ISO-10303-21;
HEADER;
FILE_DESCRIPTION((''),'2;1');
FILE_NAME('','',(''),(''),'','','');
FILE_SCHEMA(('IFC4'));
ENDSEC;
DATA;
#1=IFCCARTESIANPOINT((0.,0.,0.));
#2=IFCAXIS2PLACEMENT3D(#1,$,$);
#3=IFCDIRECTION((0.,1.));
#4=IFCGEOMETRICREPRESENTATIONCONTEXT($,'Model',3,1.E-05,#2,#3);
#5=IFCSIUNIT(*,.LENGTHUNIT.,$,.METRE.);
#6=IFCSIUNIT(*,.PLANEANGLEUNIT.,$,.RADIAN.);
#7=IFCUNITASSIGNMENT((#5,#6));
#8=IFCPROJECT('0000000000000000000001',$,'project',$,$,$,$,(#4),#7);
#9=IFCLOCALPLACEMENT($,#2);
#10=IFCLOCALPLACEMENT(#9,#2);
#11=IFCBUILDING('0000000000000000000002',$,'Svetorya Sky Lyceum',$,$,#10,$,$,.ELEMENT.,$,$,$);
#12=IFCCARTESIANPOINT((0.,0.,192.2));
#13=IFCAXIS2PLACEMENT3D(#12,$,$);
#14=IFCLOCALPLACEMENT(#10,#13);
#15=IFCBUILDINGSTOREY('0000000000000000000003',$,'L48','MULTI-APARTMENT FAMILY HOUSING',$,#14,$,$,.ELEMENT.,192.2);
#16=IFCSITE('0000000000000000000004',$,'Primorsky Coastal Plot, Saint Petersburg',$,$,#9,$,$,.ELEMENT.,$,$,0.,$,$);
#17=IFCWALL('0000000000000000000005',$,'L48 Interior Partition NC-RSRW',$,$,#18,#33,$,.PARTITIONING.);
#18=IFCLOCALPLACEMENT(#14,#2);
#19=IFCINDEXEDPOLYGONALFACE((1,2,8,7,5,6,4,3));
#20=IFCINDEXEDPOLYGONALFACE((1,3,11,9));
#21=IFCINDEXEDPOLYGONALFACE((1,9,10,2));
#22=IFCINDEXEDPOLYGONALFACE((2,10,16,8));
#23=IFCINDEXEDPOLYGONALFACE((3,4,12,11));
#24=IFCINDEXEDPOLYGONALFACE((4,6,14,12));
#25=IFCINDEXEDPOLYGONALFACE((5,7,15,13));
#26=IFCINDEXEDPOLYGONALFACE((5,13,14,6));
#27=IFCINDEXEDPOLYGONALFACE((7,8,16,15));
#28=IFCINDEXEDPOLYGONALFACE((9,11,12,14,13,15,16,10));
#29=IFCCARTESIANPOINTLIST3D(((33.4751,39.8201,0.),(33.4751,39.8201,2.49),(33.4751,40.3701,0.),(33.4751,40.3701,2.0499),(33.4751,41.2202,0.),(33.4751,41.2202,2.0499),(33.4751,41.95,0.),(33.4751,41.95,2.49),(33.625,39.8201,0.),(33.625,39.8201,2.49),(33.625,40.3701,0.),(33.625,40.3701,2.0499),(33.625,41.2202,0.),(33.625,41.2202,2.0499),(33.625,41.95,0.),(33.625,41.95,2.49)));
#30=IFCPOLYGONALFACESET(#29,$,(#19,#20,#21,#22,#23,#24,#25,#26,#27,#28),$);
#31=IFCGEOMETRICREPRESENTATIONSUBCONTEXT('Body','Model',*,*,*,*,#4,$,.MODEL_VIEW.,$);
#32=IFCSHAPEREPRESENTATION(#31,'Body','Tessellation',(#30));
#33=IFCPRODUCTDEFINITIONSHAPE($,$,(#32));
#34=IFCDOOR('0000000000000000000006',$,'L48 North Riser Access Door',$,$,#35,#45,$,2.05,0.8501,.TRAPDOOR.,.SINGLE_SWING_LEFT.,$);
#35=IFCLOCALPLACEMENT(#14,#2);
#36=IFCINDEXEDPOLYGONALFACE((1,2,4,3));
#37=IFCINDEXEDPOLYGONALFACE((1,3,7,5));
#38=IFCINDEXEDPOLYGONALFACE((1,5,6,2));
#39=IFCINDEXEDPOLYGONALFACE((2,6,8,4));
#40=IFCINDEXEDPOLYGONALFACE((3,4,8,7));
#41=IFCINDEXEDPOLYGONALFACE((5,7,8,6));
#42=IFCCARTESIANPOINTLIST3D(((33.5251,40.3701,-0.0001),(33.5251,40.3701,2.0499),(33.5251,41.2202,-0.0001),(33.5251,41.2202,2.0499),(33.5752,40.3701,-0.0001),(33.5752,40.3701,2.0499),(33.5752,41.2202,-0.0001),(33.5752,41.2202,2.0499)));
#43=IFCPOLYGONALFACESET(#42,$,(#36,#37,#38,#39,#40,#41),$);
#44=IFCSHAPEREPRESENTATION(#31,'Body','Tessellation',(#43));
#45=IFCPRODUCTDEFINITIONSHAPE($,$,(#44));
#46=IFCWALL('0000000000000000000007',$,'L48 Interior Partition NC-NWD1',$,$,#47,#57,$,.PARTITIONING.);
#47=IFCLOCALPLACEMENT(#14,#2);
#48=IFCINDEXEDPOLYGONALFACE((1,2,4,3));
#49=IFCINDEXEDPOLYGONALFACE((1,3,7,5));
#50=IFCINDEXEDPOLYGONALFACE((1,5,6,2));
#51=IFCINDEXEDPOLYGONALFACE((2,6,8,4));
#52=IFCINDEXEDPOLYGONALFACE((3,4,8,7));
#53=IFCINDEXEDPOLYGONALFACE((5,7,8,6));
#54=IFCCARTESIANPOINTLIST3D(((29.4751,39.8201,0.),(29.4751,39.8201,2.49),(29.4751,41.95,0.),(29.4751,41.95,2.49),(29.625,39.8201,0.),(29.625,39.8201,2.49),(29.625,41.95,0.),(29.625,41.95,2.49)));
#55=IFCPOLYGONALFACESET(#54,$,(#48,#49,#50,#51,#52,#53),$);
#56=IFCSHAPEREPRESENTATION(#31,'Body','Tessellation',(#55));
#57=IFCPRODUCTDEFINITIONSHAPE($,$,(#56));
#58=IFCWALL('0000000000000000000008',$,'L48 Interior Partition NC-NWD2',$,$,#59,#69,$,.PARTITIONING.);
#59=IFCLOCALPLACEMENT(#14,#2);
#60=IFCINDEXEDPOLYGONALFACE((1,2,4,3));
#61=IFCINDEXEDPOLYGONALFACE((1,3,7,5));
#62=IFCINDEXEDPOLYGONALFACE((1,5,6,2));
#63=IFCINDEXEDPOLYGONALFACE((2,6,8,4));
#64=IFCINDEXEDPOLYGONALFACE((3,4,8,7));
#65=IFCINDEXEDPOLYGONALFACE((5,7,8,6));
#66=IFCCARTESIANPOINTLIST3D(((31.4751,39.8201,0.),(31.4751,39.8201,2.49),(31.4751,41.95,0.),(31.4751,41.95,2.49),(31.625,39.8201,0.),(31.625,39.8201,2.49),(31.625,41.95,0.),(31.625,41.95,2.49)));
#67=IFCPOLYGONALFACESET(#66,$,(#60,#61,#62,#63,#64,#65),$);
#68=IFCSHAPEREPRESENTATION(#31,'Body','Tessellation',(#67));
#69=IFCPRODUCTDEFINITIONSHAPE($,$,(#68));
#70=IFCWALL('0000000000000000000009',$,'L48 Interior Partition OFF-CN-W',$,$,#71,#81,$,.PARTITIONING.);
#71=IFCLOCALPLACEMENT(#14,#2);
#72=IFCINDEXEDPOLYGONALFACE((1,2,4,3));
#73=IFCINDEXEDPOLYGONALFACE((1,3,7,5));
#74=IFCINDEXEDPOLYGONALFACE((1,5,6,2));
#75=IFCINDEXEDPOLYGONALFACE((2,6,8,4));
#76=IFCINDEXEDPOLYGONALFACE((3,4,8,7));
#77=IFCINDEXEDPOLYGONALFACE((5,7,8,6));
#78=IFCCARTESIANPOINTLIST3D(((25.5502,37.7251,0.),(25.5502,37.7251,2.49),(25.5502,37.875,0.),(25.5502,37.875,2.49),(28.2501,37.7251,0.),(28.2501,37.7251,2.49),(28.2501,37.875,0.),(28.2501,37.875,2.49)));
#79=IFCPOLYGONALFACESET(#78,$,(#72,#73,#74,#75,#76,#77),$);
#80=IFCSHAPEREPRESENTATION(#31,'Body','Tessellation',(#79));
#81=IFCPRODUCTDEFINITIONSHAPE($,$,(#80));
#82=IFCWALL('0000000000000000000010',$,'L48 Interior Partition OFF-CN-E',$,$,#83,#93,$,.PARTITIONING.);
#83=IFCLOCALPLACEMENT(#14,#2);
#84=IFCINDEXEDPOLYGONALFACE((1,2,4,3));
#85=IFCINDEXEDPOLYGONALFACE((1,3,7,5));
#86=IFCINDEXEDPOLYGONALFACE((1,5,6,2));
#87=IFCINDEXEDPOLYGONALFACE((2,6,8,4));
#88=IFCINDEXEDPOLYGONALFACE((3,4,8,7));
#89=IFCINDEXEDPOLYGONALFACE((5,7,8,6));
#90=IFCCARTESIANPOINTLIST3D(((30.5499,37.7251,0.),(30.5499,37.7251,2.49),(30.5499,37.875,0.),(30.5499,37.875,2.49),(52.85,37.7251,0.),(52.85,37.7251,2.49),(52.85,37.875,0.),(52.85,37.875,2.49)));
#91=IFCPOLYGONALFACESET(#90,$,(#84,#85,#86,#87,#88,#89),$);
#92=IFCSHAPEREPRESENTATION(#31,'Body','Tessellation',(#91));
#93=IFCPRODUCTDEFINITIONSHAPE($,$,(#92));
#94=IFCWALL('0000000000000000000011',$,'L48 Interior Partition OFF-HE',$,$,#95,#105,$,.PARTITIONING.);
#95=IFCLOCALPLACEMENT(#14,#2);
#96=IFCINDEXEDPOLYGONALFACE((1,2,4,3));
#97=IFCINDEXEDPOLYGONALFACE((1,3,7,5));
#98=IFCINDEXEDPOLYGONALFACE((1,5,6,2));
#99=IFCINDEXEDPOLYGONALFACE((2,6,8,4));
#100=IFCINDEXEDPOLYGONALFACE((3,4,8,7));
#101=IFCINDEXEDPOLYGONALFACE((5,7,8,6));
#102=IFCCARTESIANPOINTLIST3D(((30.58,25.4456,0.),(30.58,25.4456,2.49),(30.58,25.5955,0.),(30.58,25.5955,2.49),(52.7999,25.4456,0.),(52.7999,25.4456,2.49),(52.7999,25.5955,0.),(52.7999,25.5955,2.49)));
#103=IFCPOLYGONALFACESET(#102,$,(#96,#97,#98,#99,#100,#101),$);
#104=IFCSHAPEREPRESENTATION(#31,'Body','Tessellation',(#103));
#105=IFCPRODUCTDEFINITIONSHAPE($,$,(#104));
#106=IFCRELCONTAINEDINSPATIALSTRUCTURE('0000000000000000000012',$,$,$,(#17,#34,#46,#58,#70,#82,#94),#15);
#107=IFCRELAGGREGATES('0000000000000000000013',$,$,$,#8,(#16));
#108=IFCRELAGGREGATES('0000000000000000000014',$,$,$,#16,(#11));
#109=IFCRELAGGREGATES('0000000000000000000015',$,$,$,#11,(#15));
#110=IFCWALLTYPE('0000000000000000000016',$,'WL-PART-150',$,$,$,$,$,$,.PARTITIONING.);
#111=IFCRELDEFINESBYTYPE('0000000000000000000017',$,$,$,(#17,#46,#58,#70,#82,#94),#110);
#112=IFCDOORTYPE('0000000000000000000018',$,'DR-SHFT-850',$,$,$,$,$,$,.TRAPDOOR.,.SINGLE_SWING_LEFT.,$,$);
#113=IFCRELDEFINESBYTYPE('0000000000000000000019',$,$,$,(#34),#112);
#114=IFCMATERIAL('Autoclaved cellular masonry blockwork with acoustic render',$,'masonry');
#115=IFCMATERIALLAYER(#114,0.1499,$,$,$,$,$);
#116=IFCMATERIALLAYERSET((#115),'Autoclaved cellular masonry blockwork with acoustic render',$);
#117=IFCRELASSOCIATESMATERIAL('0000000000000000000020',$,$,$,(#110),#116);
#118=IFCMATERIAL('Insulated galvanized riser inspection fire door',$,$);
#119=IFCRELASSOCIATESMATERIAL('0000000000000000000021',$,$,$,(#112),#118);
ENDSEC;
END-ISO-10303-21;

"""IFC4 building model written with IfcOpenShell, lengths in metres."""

from ifc_helpers import new_model, si_unit, direction, frame, frame_2d, origin, place, context, subcontext, project, spatial, rectangle, extrude, material, layer, layer_set, type_object, element, fill, save


model = new_model("IFC4")

# Units and contexts
model_context = context("Model", 3, precision=1e-05, world=origin(), true_north=direction((0.0, 1.0)))
body_context = subcontext(model_context, "Body", "Model", "MODEL_VIEW")
ifc_project = project(units=[si_unit("LENGTHUNIT", "METRE"), si_unit("PLANEANGLEUNIT", "RADIAN")], contexts=[model_context])

# Site, building, storey
site_placement = place(None, origin())
site = spatial("IfcSite", under=ifc_project, at=site_placement, Name="Primorsky Coastal Plot, Saint Petersburg", CompositionType="ELEMENT", RefElevation=0.0)
building_placement = place(site_placement, origin())
building = spatial("IfcBuilding", under=site, at=building_placement, Name="Svetorya Sky Lyceum", CompositionType="ELEMENT")
storey_placement = place(building_placement, frame((0.0, 0.0, 192.2)))
storey = spatial("IfcBuildingStorey", under=building, at=storey_placement, Name="L48", Description="MULTI-APARTMENT FAMILY HOUSING", CompositionType="ELEMENT", Elevation=192.2)

# Wall, opening, door
ifc_material_1 = material(Name="Autoclaved cellular masonry blockwork with acoustic render", Category="masonry")
ifc_layer_1 = layer(ifc_material_1, 0.1499)
ifc_layer_set_1 = layer_set([ifc_layer_1], Name="Autoclaved cellular masonry blockwork with acoustic render")
wall_type_1 = type_object("IfcWallType", Name="WL-PART-150", PredefinedType="PARTITIONING", material=ifc_layer_set_1)
wall_1_placement = place(storey_placement, frame((33.55, 39.8201, 0.0), z_axis=(0.0, 0.0, 1.0), x_axis=(0.0, 1.0, 0.0)))
wall_1 = element("IfcWall", 1, at=wall_1_placement, inside=storey, type_object=wall_type_1, Name="L48 Interior Partition NC-RSRW", PredefinedType="PARTITIONING", context=body_context, shape_type="SweptSolid", body=[
    extrude(rectangle(XDim=2.1299, YDim=0.1499, at=frame_2d((1.0649, 0.0))), origin(), (0.0, 0.0, 1.0), 2.49),
])
opening_1_placement = place(wall_1_placement, frame((0.55, 0.0, 0.0)))
opening_1 = element("IfcOpeningElement", 2, at=opening_1_placement, cuts=wall_1, PredefinedType="OPENING", context=body_context, shape_type="SweptSolid", body=[
    extrude(rectangle(XDim=0.8501, YDim=2.05, at=frame_2d((0.425, 1.0249))), frame((0.0, 0.085, 0.0), z_axis=(0.0, -1.0, 0.0), x_axis=(1.0, 0.0, 0.0)), (0.0, 0.0, 1.0), 0.1699),
])
ifc_material_2 = material(Name="Insulated galvanized riser inspection fire door")
door_type_1 = type_object("IfcDoorType", Name="DR-SHFT-850", OperationType="SINGLE_SWING_LEFT", PredefinedType="TRAPDOOR", material=ifc_material_2)
door_1_placement = place(opening_1_placement, origin())
door_1 = element("IfcDoor", 3, at=door_1_placement, inside=storey, type_object=door_type_1, Name="L48 North Riser Access Door", OperationType="SINGLE_SWING_LEFT", OverallHeight=2.05, OverallWidth=0.8501, PredefinedType="TRAPDOOR", context=body_context, shape_type="SweptSolid", body=[
    extrude(rectangle(XDim=0.8501, YDim=2.05, at=frame_2d((0.425, 1.0249))), frame((0.0, 0.0249, 0.0), z_axis=(0.0, -1.0, 0.0), x_axis=(1.0, 0.0, 0.0)), (0.0, 0.0, 1.0), 0.05),
])
fill(opening_1, door_1)

# Walls
for number, where, z_axis, x_axis, name in (
    (4, (29.55, 39.8201, 0.0), (0.0, 0.0, 1.0), (0.0, 1.0, 0.0), "L48 Interior Partition NC-NWD1"),
    (5, (31.55, 39.8201, 0.0), (0.0, 0.0, 1.0), (0.0, 1.0, 0.0), "L48 Interior Partition NC-NWD2"),
):
    element("IfcWall", number, at=place(storey_placement, frame(where, z_axis=z_axis, x_axis=x_axis)), inside=storey, type_object=wall_type_1, Name=name, PredefinedType="PARTITIONING", context=body_context, shape_type="SweptSolid", body=[
        extrude(rectangle(XDim=2.1299, YDim=0.1499, at=frame_2d((1.0649, 0.0))), origin(), (0.0, 0.0, 1.0), 2.49),
    ])
wall_2_placement = place(storey_placement, frame((25.55, 37.8, 0.0), z_axis=(0.0, 0.0, 1.0), x_axis=(1.0, 0.0, 0.0)))
element("IfcWall", 6, at=wall_2_placement, inside=storey, type_object=wall_type_1, Name="L48 Interior Partition OFF-CN-W", PredefinedType="PARTITIONING", context=body_context, shape_type="SweptSolid", body=[
    extrude(rectangle(XDim=2.7, YDim=0.1499, at=frame_2d((1.3501, 0.0))), origin(), (0.0, 0.0, 1.0), 2.49),
])
wall_3_placement = place(storey_placement, frame((30.55, 37.8, 0.0), z_axis=(0.0, 0.0, 1.0), x_axis=(1.0, 0.0, 0.0)))
element("IfcWall", 7, at=wall_3_placement, inside=storey, type_object=wall_type_1, Name="L48 Interior Partition OFF-CN-E", PredefinedType="PARTITIONING", context=body_context, shape_type="SweptSolid", body=[
    extrude(rectangle(XDim=22.3, YDim=0.1499, at=frame_2d((11.1499, 0.0))), origin(), (0.0, 0.0, 1.0), 2.49),
])
wall_4_placement = place(storey_placement, frame((30.5801, 25.5205, 0.0), z_axis=(0.0, 0.0, 1.0), x_axis=(1.0, 0.0, 0.0)))
element("IfcWall", 8, at=wall_4_placement, inside=storey, type_object=wall_type_1, Name="L48 Interior Partition OFF-HE", PredefinedType="PARTITIONING", context=body_context, shape_type="SweptSolid", body=[
    extrude(rectangle(XDim=22.22, YDim=0.1499, at=frame_2d((11.1099, 0.0))), origin(), (0.0, 0.0, 1.0), 2.49),
])

save(model, "model.ifc")
